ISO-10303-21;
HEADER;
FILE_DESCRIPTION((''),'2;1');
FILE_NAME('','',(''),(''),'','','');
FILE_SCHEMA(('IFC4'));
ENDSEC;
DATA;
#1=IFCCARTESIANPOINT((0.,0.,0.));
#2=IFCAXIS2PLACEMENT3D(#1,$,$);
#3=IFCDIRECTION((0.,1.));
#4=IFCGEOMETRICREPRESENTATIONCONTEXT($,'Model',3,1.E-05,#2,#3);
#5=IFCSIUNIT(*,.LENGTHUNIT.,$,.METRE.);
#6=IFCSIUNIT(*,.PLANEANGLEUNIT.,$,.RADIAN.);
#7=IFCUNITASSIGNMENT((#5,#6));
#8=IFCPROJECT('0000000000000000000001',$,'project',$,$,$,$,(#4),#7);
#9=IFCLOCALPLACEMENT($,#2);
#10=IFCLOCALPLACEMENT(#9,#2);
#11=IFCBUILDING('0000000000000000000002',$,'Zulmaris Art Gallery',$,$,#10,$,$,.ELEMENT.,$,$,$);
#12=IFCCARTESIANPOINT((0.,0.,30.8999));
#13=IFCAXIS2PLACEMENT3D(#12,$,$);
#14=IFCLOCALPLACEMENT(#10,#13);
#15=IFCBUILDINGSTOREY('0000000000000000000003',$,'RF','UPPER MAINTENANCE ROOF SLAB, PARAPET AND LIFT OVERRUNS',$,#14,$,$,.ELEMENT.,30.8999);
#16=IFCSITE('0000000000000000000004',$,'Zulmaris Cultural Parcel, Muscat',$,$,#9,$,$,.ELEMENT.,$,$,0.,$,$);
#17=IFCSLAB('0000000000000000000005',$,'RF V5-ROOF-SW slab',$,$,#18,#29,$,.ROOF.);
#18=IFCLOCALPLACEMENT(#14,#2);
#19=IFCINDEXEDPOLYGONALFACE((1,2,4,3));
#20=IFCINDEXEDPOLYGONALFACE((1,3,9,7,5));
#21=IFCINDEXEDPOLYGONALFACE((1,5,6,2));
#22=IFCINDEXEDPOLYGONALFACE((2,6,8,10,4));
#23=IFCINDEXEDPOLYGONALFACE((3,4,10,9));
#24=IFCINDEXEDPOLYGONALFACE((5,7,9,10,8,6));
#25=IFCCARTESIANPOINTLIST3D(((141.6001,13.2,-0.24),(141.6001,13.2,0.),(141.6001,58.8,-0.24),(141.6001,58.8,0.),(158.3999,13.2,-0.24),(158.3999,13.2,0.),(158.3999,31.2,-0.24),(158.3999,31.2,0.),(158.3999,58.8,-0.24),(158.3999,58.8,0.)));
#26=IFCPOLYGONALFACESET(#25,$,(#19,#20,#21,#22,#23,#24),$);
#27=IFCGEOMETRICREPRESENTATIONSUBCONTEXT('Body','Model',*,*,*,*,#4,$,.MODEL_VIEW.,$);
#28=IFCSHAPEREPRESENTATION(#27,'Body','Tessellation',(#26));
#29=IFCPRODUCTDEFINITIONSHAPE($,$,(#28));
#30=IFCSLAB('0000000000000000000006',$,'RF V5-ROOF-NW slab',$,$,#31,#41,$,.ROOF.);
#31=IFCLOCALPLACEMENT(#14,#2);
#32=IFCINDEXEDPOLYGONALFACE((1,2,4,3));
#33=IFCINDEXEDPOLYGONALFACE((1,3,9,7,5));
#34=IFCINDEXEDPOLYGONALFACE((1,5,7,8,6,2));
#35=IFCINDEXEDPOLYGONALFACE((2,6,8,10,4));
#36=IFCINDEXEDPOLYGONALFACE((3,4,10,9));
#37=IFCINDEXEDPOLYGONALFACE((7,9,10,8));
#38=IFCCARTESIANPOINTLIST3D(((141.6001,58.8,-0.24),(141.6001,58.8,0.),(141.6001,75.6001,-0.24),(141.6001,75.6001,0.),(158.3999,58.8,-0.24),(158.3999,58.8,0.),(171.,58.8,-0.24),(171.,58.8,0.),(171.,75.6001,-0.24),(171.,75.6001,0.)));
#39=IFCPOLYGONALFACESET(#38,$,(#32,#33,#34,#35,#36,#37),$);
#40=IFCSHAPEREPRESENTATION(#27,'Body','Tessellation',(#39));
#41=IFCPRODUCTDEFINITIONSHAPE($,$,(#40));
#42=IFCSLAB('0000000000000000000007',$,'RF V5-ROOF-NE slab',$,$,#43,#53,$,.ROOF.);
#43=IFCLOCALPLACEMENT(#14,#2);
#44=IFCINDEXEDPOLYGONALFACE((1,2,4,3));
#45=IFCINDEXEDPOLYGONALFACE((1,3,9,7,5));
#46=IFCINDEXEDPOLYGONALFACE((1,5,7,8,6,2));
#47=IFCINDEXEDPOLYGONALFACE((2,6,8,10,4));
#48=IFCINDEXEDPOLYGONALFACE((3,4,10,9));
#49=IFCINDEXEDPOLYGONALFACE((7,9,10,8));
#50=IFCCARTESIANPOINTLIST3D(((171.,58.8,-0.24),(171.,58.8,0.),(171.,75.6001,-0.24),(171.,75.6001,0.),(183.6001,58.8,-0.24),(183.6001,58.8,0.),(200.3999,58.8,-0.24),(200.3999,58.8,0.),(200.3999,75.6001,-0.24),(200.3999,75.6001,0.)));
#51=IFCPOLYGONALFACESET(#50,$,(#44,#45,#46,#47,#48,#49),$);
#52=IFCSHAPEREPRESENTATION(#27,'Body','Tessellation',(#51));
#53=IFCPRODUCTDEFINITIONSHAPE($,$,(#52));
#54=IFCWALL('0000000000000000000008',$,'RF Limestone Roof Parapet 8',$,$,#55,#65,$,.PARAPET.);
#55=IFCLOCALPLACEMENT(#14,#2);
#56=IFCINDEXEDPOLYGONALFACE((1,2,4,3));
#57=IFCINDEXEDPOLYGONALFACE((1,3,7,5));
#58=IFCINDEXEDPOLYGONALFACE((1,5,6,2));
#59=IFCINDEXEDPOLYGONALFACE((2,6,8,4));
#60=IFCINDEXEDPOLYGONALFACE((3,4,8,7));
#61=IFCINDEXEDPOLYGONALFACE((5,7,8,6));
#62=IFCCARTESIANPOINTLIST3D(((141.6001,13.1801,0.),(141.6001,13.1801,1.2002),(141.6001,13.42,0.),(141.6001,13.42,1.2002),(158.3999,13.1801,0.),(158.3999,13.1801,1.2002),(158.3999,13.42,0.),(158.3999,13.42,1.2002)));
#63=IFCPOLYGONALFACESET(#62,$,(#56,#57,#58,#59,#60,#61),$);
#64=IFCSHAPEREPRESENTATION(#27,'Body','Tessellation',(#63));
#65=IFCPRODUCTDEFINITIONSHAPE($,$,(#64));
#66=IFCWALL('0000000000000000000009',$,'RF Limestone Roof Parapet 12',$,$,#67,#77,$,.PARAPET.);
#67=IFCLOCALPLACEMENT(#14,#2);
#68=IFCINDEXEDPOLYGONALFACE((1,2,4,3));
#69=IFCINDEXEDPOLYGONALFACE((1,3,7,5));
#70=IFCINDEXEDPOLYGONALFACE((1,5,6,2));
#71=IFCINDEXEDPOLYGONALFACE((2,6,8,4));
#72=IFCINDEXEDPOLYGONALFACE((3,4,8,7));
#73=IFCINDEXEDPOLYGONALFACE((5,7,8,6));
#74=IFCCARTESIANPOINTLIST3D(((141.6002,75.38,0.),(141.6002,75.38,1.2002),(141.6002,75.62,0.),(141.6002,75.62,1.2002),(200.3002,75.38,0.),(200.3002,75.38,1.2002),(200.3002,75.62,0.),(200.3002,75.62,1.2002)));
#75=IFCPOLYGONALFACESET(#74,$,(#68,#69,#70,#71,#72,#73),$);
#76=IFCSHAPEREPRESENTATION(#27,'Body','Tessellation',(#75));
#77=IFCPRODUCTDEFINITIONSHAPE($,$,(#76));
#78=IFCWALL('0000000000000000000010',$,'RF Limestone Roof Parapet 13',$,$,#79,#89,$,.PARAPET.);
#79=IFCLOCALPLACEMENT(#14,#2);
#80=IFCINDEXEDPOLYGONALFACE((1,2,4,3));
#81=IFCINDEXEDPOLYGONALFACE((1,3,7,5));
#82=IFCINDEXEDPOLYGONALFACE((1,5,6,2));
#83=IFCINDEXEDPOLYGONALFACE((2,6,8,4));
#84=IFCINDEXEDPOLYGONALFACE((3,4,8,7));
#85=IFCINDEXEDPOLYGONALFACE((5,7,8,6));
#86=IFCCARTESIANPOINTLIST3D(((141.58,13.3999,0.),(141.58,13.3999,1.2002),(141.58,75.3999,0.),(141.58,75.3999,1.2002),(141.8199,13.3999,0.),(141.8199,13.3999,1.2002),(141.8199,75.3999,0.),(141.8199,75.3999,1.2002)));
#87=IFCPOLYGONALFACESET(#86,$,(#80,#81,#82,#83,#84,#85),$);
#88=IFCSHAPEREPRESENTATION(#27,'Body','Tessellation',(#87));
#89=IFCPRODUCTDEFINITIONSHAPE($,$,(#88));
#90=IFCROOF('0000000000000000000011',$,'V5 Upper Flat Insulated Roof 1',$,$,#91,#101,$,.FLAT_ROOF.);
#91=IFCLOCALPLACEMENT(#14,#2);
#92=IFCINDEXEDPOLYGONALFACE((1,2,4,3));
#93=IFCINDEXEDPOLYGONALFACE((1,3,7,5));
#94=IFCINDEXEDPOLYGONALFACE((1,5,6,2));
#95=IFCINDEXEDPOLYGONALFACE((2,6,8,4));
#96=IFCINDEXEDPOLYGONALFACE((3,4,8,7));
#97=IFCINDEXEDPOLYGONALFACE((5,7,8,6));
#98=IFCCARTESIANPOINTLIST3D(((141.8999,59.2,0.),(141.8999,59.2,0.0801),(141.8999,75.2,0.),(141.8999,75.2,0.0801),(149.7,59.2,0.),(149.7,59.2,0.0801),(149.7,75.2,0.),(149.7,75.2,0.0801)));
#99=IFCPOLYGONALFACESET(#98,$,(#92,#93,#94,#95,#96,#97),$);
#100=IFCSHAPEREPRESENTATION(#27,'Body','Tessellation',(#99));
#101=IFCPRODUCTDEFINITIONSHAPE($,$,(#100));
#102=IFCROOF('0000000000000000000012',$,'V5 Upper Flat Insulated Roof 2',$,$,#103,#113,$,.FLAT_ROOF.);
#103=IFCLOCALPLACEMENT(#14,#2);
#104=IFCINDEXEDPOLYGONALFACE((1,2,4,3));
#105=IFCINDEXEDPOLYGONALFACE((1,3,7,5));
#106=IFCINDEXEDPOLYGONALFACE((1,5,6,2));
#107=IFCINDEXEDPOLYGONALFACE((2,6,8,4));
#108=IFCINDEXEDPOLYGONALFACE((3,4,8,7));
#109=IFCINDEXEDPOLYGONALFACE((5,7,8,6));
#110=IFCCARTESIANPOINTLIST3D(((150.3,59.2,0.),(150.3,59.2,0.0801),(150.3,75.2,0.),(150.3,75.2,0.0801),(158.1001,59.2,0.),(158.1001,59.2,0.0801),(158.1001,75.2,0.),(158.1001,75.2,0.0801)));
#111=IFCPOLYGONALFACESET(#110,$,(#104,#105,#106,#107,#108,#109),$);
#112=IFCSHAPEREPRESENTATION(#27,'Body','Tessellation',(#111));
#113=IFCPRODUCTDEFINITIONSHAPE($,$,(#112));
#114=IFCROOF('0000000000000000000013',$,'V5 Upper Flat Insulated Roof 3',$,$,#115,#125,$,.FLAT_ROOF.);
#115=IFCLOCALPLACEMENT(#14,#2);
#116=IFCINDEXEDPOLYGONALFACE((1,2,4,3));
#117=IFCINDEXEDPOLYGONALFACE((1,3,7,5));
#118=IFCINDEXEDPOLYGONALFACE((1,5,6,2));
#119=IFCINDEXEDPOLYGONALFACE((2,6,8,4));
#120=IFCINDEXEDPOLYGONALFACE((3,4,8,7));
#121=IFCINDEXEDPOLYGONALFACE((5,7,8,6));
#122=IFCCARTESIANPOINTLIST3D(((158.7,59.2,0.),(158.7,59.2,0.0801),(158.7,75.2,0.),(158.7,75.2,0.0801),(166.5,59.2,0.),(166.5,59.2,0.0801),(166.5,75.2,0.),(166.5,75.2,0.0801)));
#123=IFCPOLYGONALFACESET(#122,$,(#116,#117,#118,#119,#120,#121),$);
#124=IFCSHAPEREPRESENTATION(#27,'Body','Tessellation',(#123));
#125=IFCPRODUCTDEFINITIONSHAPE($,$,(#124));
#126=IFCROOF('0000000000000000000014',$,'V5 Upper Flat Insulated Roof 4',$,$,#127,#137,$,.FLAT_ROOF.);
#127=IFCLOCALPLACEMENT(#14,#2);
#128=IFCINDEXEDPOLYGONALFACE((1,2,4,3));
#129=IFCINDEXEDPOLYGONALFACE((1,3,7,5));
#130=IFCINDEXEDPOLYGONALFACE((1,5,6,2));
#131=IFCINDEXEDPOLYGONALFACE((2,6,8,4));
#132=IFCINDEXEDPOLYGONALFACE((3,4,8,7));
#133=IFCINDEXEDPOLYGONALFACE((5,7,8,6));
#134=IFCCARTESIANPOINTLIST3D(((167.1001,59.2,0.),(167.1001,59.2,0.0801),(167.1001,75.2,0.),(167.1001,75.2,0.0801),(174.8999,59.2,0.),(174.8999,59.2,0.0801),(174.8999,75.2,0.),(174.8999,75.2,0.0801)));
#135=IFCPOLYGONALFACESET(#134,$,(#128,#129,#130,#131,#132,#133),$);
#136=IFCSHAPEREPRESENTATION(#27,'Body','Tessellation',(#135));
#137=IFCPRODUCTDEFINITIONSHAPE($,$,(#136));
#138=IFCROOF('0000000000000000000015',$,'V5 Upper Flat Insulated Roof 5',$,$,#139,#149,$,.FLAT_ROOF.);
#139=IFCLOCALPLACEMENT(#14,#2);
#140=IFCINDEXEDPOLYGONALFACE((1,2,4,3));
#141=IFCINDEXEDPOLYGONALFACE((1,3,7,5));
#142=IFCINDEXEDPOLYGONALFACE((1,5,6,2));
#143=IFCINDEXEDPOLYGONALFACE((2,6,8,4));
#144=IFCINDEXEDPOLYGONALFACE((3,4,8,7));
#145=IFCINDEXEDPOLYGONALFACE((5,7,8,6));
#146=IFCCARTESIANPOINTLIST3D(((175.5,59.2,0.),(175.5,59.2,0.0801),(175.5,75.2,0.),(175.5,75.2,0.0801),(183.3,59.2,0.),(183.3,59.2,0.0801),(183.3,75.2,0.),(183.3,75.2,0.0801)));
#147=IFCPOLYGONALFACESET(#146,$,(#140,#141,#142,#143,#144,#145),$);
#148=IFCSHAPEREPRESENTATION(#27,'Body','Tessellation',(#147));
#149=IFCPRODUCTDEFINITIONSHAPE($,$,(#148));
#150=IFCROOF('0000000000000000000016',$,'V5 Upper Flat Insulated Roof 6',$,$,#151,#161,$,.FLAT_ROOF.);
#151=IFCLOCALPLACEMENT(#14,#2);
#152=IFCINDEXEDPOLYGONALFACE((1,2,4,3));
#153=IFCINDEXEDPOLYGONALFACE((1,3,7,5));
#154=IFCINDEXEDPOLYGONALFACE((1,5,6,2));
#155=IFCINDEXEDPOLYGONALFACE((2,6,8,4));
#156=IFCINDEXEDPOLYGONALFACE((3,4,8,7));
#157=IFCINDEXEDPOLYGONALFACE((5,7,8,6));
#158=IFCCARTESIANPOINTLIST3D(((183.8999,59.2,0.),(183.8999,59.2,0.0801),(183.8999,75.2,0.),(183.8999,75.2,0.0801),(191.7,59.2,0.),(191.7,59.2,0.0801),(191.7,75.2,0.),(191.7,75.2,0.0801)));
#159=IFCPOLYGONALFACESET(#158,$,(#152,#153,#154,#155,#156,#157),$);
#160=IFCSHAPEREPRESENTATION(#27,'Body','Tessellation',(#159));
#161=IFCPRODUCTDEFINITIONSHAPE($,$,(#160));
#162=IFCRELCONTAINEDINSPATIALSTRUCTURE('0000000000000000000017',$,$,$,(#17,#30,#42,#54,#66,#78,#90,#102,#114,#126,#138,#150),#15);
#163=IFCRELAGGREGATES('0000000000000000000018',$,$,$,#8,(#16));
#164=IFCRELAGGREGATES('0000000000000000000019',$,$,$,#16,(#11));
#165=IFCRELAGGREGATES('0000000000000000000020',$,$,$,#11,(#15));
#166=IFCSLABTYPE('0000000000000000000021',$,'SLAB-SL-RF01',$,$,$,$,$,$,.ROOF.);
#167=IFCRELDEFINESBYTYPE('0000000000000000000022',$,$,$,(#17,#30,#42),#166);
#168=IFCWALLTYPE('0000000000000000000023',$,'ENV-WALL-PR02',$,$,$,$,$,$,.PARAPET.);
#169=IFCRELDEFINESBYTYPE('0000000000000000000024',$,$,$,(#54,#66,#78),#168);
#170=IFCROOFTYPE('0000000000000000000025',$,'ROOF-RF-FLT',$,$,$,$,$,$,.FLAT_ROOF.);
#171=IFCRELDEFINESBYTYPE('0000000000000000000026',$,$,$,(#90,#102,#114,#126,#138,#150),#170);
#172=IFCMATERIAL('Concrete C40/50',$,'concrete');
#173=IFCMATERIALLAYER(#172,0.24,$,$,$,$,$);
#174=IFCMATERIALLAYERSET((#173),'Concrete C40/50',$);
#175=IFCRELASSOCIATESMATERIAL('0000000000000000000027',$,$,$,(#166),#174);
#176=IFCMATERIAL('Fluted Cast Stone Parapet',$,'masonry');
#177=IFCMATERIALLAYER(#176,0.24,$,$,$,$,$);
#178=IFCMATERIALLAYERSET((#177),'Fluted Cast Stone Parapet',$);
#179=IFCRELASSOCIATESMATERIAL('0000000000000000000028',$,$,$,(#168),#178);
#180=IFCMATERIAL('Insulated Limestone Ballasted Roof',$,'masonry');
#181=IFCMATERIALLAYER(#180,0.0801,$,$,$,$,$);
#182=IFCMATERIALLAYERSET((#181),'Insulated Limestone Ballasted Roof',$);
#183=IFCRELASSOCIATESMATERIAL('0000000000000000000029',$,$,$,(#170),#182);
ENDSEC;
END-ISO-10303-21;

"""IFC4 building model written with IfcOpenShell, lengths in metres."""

from ifc_helpers import new_model, si_unit, direction, frame, frame_2d, origin, place, context, subcontext, project, spatial, polyline, rectangle, outline, extrude, material, layer, layer_set, type_object, element, save


model = new_model("IFC4")

# Units and contexts
model_context = context("Model", 3, precision=1e-05, world=origin(), true_north=direction((0.0, 1.0)))
body_context = subcontext(model_context, "Body", "Model", "MODEL_VIEW")
ifc_project = project(units=[si_unit("LENGTHUNIT", "METRE"), si_unit("PLANEANGLEUNIT", "RADIAN")], contexts=[model_context])

# Site, building, storey
site_placement = place(None, origin())
site = spatial("IfcSite", under=ifc_project, at=site_placement, Name="Zulmaris Cultural Parcel, Muscat", CompositionType="ELEMENT", RefElevation=0.0)
building_placement = place(site_placement, origin())
building = spatial("IfcBuilding", under=site, at=building_placement, Name="Zulmaris Art Gallery", CompositionType="ELEMENT")
storey_placement = place(building_placement, frame((0.0, 0.0, 30.8999)))
storey = spatial("IfcBuildingStorey", under=building, at=storey_placement, Name="RF", Description="UPPER MAINTENANCE ROOF SLAB, PARAPET AND LIFT OVERRUNS", CompositionType="ELEMENT", Elevation=30.8999)

# Slabs
ifc_material_1 = material(Name="Concrete C40/50", Category="concrete")
ifc_layer_1 = layer(ifc_material_1, 0.24)
ifc_layer_set_1 = layer_set([ifc_layer_1], Name="Concrete C40/50")
slab_type = type_object("IfcSlabType", Name="SLAB-SL-RF01", PredefinedType="ROOF", material=ifc_layer_set_1)
slab_1_placement = place(storey_placement, frame((0.0, 0.0, -0.24)))
element("IfcSlab", 1, at=slab_1_placement, inside=storey, type_object=slab_type, Name="RF V5-ROOF-SW slab", PredefinedType="ROOF", context=body_context, shape_type="SweptSolid", body=[
    extrude(outline(polyline([(141.6001, 58.8), (158.3999, 58.8), (158.3999, 31.2), (158.3999, 13.2), (141.6001, 13.2), (141.6001, 58.8)])), origin(), (0.0, 0.0, 1.0), 0.24),
])
slab_2_placement = place(storey_placement, frame((0.0, 0.0, -0.24)))
element("IfcSlab", 2, at=slab_2_placement, inside=storey, type_object=slab_type, Name="RF V5-ROOF-NW slab", PredefinedType="ROOF", context=body_context, shape_type="SweptSolid", body=[
    extrude(outline(polyline([(141.6001, 75.6001), (171.0, 75.6001), (171.0, 58.8), (158.3999, 58.8), (141.6001, 58.8), (141.6001, 75.6001)])), origin(), (0.0, 0.0, 1.0), 0.24),
])
slab_3_placement = place(storey_placement, frame((0.0, 0.0, -0.24)))
element("IfcSlab", 3, at=slab_3_placement, inside=storey, type_object=slab_type, Name="RF V5-ROOF-NE slab", PredefinedType="ROOF", context=body_context, shape_type="SweptSolid", body=[
    extrude(outline(polyline([(200.3999, 75.6001), (200.3999, 58.8), (183.6001, 58.8), (171.0, 58.8), (171.0, 75.6001), (200.3999, 75.6001)])), origin(), (0.0, 0.0, 1.0), 0.24),
])

# Walls
ifc_material_2 = material(Name="Fluted Cast Stone Parapet", Category="masonry")
ifc_layer_2 = layer(ifc_material_2, 0.24)
ifc_layer_set_2 = layer_set([ifc_layer_2], Name="Fluted Cast Stone Parapet")
wall_type = type_object("IfcWallType", Name="ENV-WALL-PR02", PredefinedType="PARAPET", material=ifc_layer_set_2)
wall_1_placement = place(storey_placement, frame((141.6001, 13.3, 0.0), z_axis=(0.0, 0.0, 1.0), x_axis=(1.0, 0.0, 0.0)))
element("IfcWall", 4, at=wall_1_placement, inside=storey, type_object=wall_type, Name="RF Limestone Roof Parapet 8", PredefinedType="PARAPET", context=body_context, shape_type="SweptSolid", body=[
    extrude(rectangle(XDim=16.7998, YDim=0.24, at=frame_2d((8.3999, 0.0))), origin(), (0.0, 0.0, 1.0), 1.2002),
])
wall_2_placement = place(storey_placement, frame((141.6001, 75.5, 0.0), z_axis=(0.0, 0.0, 1.0), x_axis=(1.0, 0.0, 0.0)))
element("IfcWall", 5, at=wall_2_placement, inside=storey, type_object=wall_type, Name="RF Limestone Roof Parapet 12", PredefinedType="PARAPET", context=body_context, shape_type="SweptSolid", body=[
    extrude(rectangle(XDim=58.7, YDim=0.24, at=frame_2d((29.3501, 0.0))), origin(), (0.0, 0.0, 1.0), 1.2002),
])
wall_3_placement = place(storey_placement, frame((141.7, 13.3999, 0.0), z_axis=(0.0, 0.0, 1.0), x_axis=(0.0, 1.0, 0.0)))
element("IfcWall", 6, at=wall_3_placement, inside=storey, type_object=wall_type, Name="RF Limestone Roof Parapet 13", PredefinedType="PARAPET", context=body_context, shape_type="SweptSolid", body=[
    extrude(rectangle(XDim=62.0, YDim=0.24, at=frame_2d((31.0, 0.0))), origin(), (0.0, 0.0, 1.0), 1.2002),
])

# Roofs
ifc_material_3 = material(Name="Insulated Limestone Ballasted Roof", Category="masonry")
ifc_layer_3 = layer(ifc_material_3, 0.0801)
ifc_layer_set_3 = layer_set([ifc_layer_3], Name="Insulated Limestone Ballasted Roof")
roof_type = type_object("IfcRoofType", Name="ROOF-RF-FLT", PredefinedType="FLAT_ROOF", material=ifc_layer_set_3)
roof_1_placement = place(storey_placement, origin())
element("IfcRoof", 7, at=roof_1_placement, inside=storey, type_object=roof_type, Name="V5 Upper Flat Insulated Roof 1", PredefinedType="FLAT_ROOF", context=body_context, shape_type="SweptSolid", body=[
    extrude(outline(polyline([(141.8999, 59.2), (149.7, 59.2), (149.7, 75.2), (141.8999, 75.2), (141.8999, 59.2)])), origin(), (0.0, 0.0, 1.0), 0.0801),
])
roof_2_placement = place(storey_placement, origin())
element("IfcRoof", 8, at=roof_2_placement, inside=storey, type_object=roof_type, Name="V5 Upper Flat Insulated Roof 2", PredefinedType="FLAT_ROOF", context=body_context, shape_type="SweptSolid", body=[
    extrude(outline(polyline([(150.3, 59.2), (158.1001, 59.2), (158.1001, 75.2), (150.3, 75.2), (150.3, 59.2)])), origin(), (0.0, 0.0, 1.0), 0.0801),
])
roof_3_placement = place(storey_placement, origin())
element("IfcRoof", 9, at=roof_3_placement, inside=storey, type_object=roof_type, Name="V5 Upper Flat Insulated Roof 3", PredefinedType="FLAT_ROOF", context=body_context, shape_type="SweptSolid", body=[
    extrude(outline(polyline([(158.7, 59.2), (166.5, 59.2), (166.5, 75.2), (158.7, 75.2), (158.7, 59.2)])), origin(), (0.0, 0.0, 1.0), 0.0801),
])
roof_4_placement = place(storey_placement, origin())
element("IfcRoof", 10, at=roof_4_placement, inside=storey, type_object=roof_type, Name="V5 Upper Flat Insulated Roof 4", PredefinedType="FLAT_ROOF", context=body_context, shape_type="SweptSolid", body=[
    extrude(outline(polyline([(167.1001, 59.2), (174.8999, 59.2), (174.8999, 75.2), (167.1001, 75.2), (167.1001, 59.2)])), origin(), (0.0, 0.0, 1.0), 0.0801),
])
roof_5_placement = place(storey_placement, origin())
element("IfcRoof", 11, at=roof_5_placement, inside=storey, type_object=roof_type, Name="V5 Upper Flat Insulated Roof 5", PredefinedType="FLAT_ROOF", context=body_context, shape_type="SweptSolid", body=[
    extrude(outline(polyline([(175.5, 59.2), (183.3, 59.2), (183.3, 75.2), (175.5, 75.2), (175.5, 59.2)])), origin(), (0.0, 0.0, 1.0), 0.0801),
])
roof_6_placement = place(storey_placement, origin())
element("IfcRoof", 12, at=roof_6_placement, inside=storey, type_object=roof_type, Name="V5 Upper Flat Insulated Roof 6", PredefinedType="FLAT_ROOF", context=body_context, shape_type="SweptSolid", body=[
    extrude(outline(polyline([(183.8999, 59.2), (191.7, 59.2), (191.7, 75.2), (183.8999, 75.2), (183.8999, 59.2)])), origin(), (0.0, 0.0, 1.0), 0.0801),
])

save(model, "model.ifc")
